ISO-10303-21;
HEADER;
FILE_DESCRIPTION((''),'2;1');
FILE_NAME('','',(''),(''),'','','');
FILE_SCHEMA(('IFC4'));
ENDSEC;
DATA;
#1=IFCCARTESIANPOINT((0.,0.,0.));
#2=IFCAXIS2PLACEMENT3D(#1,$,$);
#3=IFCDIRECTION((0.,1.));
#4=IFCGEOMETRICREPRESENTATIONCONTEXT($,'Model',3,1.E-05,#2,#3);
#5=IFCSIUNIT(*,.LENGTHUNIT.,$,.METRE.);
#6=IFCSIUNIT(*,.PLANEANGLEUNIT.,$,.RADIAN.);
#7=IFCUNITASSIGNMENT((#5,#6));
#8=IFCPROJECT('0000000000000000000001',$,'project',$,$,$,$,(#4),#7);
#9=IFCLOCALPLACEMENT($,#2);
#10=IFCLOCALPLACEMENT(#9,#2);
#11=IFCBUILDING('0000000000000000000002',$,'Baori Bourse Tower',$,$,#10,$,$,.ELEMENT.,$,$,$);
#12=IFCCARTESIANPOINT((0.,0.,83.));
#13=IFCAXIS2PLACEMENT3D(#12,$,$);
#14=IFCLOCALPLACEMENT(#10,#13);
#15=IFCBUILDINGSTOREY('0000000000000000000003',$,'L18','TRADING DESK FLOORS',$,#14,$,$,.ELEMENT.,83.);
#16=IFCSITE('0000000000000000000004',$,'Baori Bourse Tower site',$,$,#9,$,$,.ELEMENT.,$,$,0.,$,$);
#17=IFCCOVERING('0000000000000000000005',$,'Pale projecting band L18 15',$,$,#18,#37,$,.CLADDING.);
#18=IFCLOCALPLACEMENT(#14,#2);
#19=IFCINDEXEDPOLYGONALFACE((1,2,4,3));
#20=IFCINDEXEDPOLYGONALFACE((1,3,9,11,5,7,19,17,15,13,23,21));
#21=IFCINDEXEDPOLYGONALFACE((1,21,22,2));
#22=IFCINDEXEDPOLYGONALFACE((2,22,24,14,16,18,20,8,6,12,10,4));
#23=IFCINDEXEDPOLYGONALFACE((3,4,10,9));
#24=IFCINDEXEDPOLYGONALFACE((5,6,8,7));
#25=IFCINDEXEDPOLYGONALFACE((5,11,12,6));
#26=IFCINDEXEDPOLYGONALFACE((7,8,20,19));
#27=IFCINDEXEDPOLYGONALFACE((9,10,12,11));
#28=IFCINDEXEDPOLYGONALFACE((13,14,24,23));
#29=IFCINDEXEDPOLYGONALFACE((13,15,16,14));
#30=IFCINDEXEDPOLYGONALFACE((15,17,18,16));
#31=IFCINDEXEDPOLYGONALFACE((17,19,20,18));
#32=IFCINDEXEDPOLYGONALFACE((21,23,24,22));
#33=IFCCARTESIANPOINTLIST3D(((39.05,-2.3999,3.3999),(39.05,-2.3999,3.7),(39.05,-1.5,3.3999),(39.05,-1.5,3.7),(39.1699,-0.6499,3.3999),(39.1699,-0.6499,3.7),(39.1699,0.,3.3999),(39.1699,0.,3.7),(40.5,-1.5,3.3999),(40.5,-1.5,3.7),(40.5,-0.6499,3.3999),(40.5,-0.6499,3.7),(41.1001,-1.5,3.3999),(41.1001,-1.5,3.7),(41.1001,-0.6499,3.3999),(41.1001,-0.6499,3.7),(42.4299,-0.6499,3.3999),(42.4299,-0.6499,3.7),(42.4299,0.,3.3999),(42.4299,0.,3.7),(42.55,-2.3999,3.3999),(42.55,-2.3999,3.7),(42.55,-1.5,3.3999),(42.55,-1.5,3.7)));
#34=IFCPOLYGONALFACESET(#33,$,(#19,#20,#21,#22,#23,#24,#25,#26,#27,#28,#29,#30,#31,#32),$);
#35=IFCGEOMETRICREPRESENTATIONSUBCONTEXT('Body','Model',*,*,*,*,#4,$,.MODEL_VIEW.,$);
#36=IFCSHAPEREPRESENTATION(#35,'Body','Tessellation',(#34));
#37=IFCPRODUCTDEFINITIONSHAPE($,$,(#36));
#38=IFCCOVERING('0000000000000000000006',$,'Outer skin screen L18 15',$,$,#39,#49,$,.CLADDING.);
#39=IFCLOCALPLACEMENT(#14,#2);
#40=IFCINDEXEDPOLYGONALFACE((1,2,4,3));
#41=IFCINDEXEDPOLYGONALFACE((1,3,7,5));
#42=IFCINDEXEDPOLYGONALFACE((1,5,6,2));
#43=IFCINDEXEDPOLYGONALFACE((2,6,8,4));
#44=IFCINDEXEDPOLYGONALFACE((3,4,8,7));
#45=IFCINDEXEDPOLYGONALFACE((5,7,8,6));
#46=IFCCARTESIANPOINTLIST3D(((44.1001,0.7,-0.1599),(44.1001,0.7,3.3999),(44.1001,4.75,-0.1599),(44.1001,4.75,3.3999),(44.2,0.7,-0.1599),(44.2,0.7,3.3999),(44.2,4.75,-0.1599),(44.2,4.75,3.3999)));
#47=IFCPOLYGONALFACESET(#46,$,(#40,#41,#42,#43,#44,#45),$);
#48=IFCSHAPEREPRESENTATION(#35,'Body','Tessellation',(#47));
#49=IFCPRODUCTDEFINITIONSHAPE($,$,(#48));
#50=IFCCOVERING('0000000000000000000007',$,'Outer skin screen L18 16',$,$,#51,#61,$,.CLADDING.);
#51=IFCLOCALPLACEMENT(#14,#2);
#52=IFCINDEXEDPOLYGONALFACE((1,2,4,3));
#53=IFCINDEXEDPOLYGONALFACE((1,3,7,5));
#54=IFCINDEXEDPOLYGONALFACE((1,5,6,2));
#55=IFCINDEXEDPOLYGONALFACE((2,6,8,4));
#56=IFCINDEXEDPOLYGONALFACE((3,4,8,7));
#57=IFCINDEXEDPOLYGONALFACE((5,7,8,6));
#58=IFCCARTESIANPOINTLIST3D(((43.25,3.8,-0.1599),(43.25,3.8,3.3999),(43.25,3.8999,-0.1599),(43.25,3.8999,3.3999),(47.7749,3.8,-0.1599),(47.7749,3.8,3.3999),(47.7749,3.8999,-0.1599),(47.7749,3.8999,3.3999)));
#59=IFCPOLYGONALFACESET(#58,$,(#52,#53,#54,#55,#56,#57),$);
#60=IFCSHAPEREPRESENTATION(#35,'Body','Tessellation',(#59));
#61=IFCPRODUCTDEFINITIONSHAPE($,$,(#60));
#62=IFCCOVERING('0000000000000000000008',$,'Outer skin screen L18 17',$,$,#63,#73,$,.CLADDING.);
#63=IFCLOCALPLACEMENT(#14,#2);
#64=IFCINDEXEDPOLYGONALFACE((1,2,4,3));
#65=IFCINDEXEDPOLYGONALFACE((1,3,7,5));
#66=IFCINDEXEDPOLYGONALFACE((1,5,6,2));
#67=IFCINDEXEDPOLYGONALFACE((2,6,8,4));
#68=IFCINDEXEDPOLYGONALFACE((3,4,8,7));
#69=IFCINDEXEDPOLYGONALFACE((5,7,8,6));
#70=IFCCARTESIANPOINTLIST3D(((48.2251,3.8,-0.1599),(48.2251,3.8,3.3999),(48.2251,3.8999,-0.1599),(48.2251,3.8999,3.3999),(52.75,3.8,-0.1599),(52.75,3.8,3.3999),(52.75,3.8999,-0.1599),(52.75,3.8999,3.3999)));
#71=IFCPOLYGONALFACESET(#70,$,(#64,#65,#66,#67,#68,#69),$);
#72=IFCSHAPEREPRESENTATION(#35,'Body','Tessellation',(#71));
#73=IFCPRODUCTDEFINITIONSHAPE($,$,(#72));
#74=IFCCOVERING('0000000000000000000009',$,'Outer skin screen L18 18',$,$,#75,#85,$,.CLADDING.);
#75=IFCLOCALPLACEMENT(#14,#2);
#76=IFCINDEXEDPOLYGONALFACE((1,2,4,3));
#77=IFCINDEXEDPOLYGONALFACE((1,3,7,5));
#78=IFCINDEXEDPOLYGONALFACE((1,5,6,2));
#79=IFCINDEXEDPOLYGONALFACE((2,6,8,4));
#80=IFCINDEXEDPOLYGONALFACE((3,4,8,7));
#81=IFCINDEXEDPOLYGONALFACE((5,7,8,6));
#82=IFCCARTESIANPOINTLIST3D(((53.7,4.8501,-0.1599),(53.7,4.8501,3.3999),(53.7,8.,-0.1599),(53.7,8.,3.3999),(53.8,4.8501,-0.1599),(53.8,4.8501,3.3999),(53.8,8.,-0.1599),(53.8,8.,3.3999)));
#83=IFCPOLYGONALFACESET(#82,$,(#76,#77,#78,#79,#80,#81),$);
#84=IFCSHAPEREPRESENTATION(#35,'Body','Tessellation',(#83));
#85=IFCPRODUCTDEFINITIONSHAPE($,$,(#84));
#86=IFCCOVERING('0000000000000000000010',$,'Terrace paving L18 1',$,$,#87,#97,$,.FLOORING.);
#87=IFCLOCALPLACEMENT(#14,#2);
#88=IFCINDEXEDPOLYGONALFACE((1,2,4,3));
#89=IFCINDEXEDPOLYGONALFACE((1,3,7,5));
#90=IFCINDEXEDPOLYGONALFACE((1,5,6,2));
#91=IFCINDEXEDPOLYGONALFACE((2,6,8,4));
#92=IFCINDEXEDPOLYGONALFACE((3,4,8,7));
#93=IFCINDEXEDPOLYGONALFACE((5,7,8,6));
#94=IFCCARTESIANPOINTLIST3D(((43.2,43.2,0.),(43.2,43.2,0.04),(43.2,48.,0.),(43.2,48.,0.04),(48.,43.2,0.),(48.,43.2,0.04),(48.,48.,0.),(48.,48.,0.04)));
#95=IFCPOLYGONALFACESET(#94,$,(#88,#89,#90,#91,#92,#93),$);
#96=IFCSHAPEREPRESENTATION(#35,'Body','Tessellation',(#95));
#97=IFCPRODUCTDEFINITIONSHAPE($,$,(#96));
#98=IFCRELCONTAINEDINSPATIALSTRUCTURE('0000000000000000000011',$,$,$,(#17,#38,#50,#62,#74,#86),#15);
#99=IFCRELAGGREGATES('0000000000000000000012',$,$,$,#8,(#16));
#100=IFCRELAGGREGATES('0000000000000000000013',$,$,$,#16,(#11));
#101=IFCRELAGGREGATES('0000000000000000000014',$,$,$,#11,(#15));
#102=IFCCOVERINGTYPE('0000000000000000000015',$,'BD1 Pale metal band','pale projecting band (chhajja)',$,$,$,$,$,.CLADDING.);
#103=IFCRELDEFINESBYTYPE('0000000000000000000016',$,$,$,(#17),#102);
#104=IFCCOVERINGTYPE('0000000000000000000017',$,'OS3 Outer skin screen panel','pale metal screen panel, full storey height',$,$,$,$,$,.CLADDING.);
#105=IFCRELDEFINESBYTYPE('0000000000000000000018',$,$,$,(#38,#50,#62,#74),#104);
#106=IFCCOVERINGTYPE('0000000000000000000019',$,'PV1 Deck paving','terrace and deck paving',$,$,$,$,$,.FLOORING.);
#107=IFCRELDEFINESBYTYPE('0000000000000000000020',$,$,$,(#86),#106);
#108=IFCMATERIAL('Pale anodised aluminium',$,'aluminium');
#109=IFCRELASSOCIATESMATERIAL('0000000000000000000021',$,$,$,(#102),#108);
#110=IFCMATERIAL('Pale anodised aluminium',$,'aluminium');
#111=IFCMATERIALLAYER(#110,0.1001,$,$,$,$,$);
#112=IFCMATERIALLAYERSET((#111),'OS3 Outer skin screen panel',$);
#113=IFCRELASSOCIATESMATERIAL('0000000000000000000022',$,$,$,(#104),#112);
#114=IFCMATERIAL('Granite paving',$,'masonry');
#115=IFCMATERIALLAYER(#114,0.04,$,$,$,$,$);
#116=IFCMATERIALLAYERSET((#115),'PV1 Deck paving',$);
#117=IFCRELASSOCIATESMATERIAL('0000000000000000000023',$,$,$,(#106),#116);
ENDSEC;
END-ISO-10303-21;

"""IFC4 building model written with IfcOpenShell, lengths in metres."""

from ifc_helpers import new_model, si_unit, direction, frame, origin, place, context, subcontext, project, spatial, polyline, outline, extrude, material, layer, layer_set, type_object, element, save


model = new_model("IFC4")

# Units and contexts
model_context = context("Model", 3, precision=1e-05, world=origin(), true_north=direction((0.0, 1.0)))
body_context = subcontext(model_context, "Body", "Model", "MODEL_VIEW")
ifc_project = project(units=[si_unit("LENGTHUNIT", "METRE"), si_unit("PLANEANGLEUNIT", "RADIAN")], contexts=[model_context])

# Site, building, storey
site_placement = place(None, origin())
site = spatial("IfcSite", under=ifc_project, at=site_placement, Name="Baori Bourse Tower site", CompositionType="ELEMENT", RefElevation=0.0)
building_placement = place(site_placement, origin())
building = spatial("IfcBuilding", under=site, at=building_placement, Name="Baori Bourse Tower", CompositionType="ELEMENT")
storey_placement = place(building_placement, frame((0.0, 0.0, 83.0)))
storey = spatial("IfcBuildingStorey", under=building, at=storey_placement, Name="L18", Description="TRADING DESK FLOORS", CompositionType="ELEMENT", Elevation=83.0)

# Coverings
ifc_material_1 = material(Name="Pale anodised aluminium", Category="aluminium")
covering_type_1 = type_object("IfcCoveringType", Name="BD1 Pale metal band", Description="pale projecting band (chhajja)", PredefinedType="CLADDING", material=ifc_material_1)
covering_1_placement = place(storey_placement, frame((0.0, 0.0, 3.3999)))
element("IfcCovering", 1, at=covering_1_placement, inside=storey, type_object=covering_type_1, Name="Pale projecting band L18 15", PredefinedType="CLADDING", context=body_context, shape_type="SweptSolid", body=[
    extrude(outline(polyline([(42.4299, 0.0), (39.1699, 0.0), (39.1699, -0.6499), (40.5, -0.6499), (40.5, -1.5), (39.05, -1.5), (39.05, -2.3999), (42.55, -2.3999), (42.55, -1.5), (41.1001, -1.5), (41.1001, -0.6499), (42.4299, -0.6499), (42.4299, 0.0)])), origin(), (0.0, 0.0, 1.0), 0.3),
])
ifc_material_2 = material(Name="Pale anodised aluminium", Category="aluminium")
ifc_layer_1 = layer(ifc_material_2, 0.1001)
ifc_layer_set_1 = layer_set([ifc_layer_1], Name="OS3 Outer skin screen panel")
covering_type_2 = type_object("IfcCoveringType", Name="OS3 Outer skin screen panel", Description="pale metal screen panel, full storey height", PredefinedType="CLADDING", material=ifc_layer_set_1)
covering_2_placement = place(storey_placement, frame((0.0, 0.0, -0.1599)))
element("IfcCovering", 2, at=covering_2_placement, inside=storey, type_object=covering_type_2, Name="Outer skin screen L18 15", PredefinedType="CLADDING", context=body_context, shape_type="SweptSolid", body=[
    extrude(outline(polyline([(44.1001, 4.75), (44.1001, 0.7), (44.2, 0.7), (44.2, 4.75), (44.1001, 4.75)])), origin(), (0.0, 0.0, 1.0), 3.5598),
])
covering_3_placement = place(storey_placement, frame((0.0, 0.0, -0.1599)))
element("IfcCovering", 3, at=covering_3_placement, inside=storey, type_object=covering_type_2, Name="Outer skin screen L18 16", PredefinedType="CLADDING", context=body_context, shape_type="SweptSolid", body=[
    extrude(outline(polyline([(47.7749, 3.8999), (43.25, 3.8999), (43.25, 3.8), (47.7749, 3.8), (47.7749, 3.8999)])), origin(), (0.0, 0.0, 1.0), 3.5598),
])
covering_4_placement = place(storey_placement, frame((0.0, 0.0, -0.1599)))
element("IfcCovering", 4, at=covering_4_placement, inside=storey, type_object=covering_type_2, Name="Outer skin screen L18 17", PredefinedType="CLADDING", context=body_context, shape_type="SweptSolid", body=[
    extrude(outline(polyline([(52.75, 3.8999), (48.2251, 3.8999), (48.2251, 3.8), (52.75, 3.8), (52.75, 3.8999)])), origin(), (0.0, 0.0, 1.0), 3.5598),
])
covering_5_placement = place(storey_placement, frame((0.0, 0.0, -0.1599)))
element("IfcCovering", 5, at=covering_5_placement, inside=storey, type_object=covering_type_2, Name="Outer skin screen L18 18", PredefinedType="CLADDING", context=body_context, shape_type="SweptSolid", body=[
    extrude(outline(polyline([(53.7, 8.0), (53.7, 4.8501), (53.8, 4.8501), (53.8, 8.0), (53.7, 8.0)])), origin(), (0.0, 0.0, 1.0), 3.5598),
])
ifc_material_3 = material(Name="Granite paving", Category="masonry")
ifc_layer_2 = layer(ifc_material_3, 0.04)
ifc_layer_set_2 = layer_set([ifc_layer_2], Name="PV1 Deck paving")
covering_type_3 = type_object("IfcCoveringType", Name="PV1 Deck paving", Description="terrace and deck paving", PredefinedType="FLOORING", material=ifc_layer_set_2)
covering_6_placement = place(storey_placement, origin())
element("IfcCovering", 6, at=covering_6_placement, inside=storey, type_object=covering_type_3, Name="Terrace paving L18 1", PredefinedType="FLOORING", context=body_context, shape_type="SweptSolid", body=[
    extrude(outline(polyline([(43.2, 43.2), (48.0, 43.2), (48.0, 48.0), (43.2, 48.0), (43.2, 43.2)])), origin(), (0.0, 0.0, 1.0), 0.04),
])

save(model, "model.ifc")
